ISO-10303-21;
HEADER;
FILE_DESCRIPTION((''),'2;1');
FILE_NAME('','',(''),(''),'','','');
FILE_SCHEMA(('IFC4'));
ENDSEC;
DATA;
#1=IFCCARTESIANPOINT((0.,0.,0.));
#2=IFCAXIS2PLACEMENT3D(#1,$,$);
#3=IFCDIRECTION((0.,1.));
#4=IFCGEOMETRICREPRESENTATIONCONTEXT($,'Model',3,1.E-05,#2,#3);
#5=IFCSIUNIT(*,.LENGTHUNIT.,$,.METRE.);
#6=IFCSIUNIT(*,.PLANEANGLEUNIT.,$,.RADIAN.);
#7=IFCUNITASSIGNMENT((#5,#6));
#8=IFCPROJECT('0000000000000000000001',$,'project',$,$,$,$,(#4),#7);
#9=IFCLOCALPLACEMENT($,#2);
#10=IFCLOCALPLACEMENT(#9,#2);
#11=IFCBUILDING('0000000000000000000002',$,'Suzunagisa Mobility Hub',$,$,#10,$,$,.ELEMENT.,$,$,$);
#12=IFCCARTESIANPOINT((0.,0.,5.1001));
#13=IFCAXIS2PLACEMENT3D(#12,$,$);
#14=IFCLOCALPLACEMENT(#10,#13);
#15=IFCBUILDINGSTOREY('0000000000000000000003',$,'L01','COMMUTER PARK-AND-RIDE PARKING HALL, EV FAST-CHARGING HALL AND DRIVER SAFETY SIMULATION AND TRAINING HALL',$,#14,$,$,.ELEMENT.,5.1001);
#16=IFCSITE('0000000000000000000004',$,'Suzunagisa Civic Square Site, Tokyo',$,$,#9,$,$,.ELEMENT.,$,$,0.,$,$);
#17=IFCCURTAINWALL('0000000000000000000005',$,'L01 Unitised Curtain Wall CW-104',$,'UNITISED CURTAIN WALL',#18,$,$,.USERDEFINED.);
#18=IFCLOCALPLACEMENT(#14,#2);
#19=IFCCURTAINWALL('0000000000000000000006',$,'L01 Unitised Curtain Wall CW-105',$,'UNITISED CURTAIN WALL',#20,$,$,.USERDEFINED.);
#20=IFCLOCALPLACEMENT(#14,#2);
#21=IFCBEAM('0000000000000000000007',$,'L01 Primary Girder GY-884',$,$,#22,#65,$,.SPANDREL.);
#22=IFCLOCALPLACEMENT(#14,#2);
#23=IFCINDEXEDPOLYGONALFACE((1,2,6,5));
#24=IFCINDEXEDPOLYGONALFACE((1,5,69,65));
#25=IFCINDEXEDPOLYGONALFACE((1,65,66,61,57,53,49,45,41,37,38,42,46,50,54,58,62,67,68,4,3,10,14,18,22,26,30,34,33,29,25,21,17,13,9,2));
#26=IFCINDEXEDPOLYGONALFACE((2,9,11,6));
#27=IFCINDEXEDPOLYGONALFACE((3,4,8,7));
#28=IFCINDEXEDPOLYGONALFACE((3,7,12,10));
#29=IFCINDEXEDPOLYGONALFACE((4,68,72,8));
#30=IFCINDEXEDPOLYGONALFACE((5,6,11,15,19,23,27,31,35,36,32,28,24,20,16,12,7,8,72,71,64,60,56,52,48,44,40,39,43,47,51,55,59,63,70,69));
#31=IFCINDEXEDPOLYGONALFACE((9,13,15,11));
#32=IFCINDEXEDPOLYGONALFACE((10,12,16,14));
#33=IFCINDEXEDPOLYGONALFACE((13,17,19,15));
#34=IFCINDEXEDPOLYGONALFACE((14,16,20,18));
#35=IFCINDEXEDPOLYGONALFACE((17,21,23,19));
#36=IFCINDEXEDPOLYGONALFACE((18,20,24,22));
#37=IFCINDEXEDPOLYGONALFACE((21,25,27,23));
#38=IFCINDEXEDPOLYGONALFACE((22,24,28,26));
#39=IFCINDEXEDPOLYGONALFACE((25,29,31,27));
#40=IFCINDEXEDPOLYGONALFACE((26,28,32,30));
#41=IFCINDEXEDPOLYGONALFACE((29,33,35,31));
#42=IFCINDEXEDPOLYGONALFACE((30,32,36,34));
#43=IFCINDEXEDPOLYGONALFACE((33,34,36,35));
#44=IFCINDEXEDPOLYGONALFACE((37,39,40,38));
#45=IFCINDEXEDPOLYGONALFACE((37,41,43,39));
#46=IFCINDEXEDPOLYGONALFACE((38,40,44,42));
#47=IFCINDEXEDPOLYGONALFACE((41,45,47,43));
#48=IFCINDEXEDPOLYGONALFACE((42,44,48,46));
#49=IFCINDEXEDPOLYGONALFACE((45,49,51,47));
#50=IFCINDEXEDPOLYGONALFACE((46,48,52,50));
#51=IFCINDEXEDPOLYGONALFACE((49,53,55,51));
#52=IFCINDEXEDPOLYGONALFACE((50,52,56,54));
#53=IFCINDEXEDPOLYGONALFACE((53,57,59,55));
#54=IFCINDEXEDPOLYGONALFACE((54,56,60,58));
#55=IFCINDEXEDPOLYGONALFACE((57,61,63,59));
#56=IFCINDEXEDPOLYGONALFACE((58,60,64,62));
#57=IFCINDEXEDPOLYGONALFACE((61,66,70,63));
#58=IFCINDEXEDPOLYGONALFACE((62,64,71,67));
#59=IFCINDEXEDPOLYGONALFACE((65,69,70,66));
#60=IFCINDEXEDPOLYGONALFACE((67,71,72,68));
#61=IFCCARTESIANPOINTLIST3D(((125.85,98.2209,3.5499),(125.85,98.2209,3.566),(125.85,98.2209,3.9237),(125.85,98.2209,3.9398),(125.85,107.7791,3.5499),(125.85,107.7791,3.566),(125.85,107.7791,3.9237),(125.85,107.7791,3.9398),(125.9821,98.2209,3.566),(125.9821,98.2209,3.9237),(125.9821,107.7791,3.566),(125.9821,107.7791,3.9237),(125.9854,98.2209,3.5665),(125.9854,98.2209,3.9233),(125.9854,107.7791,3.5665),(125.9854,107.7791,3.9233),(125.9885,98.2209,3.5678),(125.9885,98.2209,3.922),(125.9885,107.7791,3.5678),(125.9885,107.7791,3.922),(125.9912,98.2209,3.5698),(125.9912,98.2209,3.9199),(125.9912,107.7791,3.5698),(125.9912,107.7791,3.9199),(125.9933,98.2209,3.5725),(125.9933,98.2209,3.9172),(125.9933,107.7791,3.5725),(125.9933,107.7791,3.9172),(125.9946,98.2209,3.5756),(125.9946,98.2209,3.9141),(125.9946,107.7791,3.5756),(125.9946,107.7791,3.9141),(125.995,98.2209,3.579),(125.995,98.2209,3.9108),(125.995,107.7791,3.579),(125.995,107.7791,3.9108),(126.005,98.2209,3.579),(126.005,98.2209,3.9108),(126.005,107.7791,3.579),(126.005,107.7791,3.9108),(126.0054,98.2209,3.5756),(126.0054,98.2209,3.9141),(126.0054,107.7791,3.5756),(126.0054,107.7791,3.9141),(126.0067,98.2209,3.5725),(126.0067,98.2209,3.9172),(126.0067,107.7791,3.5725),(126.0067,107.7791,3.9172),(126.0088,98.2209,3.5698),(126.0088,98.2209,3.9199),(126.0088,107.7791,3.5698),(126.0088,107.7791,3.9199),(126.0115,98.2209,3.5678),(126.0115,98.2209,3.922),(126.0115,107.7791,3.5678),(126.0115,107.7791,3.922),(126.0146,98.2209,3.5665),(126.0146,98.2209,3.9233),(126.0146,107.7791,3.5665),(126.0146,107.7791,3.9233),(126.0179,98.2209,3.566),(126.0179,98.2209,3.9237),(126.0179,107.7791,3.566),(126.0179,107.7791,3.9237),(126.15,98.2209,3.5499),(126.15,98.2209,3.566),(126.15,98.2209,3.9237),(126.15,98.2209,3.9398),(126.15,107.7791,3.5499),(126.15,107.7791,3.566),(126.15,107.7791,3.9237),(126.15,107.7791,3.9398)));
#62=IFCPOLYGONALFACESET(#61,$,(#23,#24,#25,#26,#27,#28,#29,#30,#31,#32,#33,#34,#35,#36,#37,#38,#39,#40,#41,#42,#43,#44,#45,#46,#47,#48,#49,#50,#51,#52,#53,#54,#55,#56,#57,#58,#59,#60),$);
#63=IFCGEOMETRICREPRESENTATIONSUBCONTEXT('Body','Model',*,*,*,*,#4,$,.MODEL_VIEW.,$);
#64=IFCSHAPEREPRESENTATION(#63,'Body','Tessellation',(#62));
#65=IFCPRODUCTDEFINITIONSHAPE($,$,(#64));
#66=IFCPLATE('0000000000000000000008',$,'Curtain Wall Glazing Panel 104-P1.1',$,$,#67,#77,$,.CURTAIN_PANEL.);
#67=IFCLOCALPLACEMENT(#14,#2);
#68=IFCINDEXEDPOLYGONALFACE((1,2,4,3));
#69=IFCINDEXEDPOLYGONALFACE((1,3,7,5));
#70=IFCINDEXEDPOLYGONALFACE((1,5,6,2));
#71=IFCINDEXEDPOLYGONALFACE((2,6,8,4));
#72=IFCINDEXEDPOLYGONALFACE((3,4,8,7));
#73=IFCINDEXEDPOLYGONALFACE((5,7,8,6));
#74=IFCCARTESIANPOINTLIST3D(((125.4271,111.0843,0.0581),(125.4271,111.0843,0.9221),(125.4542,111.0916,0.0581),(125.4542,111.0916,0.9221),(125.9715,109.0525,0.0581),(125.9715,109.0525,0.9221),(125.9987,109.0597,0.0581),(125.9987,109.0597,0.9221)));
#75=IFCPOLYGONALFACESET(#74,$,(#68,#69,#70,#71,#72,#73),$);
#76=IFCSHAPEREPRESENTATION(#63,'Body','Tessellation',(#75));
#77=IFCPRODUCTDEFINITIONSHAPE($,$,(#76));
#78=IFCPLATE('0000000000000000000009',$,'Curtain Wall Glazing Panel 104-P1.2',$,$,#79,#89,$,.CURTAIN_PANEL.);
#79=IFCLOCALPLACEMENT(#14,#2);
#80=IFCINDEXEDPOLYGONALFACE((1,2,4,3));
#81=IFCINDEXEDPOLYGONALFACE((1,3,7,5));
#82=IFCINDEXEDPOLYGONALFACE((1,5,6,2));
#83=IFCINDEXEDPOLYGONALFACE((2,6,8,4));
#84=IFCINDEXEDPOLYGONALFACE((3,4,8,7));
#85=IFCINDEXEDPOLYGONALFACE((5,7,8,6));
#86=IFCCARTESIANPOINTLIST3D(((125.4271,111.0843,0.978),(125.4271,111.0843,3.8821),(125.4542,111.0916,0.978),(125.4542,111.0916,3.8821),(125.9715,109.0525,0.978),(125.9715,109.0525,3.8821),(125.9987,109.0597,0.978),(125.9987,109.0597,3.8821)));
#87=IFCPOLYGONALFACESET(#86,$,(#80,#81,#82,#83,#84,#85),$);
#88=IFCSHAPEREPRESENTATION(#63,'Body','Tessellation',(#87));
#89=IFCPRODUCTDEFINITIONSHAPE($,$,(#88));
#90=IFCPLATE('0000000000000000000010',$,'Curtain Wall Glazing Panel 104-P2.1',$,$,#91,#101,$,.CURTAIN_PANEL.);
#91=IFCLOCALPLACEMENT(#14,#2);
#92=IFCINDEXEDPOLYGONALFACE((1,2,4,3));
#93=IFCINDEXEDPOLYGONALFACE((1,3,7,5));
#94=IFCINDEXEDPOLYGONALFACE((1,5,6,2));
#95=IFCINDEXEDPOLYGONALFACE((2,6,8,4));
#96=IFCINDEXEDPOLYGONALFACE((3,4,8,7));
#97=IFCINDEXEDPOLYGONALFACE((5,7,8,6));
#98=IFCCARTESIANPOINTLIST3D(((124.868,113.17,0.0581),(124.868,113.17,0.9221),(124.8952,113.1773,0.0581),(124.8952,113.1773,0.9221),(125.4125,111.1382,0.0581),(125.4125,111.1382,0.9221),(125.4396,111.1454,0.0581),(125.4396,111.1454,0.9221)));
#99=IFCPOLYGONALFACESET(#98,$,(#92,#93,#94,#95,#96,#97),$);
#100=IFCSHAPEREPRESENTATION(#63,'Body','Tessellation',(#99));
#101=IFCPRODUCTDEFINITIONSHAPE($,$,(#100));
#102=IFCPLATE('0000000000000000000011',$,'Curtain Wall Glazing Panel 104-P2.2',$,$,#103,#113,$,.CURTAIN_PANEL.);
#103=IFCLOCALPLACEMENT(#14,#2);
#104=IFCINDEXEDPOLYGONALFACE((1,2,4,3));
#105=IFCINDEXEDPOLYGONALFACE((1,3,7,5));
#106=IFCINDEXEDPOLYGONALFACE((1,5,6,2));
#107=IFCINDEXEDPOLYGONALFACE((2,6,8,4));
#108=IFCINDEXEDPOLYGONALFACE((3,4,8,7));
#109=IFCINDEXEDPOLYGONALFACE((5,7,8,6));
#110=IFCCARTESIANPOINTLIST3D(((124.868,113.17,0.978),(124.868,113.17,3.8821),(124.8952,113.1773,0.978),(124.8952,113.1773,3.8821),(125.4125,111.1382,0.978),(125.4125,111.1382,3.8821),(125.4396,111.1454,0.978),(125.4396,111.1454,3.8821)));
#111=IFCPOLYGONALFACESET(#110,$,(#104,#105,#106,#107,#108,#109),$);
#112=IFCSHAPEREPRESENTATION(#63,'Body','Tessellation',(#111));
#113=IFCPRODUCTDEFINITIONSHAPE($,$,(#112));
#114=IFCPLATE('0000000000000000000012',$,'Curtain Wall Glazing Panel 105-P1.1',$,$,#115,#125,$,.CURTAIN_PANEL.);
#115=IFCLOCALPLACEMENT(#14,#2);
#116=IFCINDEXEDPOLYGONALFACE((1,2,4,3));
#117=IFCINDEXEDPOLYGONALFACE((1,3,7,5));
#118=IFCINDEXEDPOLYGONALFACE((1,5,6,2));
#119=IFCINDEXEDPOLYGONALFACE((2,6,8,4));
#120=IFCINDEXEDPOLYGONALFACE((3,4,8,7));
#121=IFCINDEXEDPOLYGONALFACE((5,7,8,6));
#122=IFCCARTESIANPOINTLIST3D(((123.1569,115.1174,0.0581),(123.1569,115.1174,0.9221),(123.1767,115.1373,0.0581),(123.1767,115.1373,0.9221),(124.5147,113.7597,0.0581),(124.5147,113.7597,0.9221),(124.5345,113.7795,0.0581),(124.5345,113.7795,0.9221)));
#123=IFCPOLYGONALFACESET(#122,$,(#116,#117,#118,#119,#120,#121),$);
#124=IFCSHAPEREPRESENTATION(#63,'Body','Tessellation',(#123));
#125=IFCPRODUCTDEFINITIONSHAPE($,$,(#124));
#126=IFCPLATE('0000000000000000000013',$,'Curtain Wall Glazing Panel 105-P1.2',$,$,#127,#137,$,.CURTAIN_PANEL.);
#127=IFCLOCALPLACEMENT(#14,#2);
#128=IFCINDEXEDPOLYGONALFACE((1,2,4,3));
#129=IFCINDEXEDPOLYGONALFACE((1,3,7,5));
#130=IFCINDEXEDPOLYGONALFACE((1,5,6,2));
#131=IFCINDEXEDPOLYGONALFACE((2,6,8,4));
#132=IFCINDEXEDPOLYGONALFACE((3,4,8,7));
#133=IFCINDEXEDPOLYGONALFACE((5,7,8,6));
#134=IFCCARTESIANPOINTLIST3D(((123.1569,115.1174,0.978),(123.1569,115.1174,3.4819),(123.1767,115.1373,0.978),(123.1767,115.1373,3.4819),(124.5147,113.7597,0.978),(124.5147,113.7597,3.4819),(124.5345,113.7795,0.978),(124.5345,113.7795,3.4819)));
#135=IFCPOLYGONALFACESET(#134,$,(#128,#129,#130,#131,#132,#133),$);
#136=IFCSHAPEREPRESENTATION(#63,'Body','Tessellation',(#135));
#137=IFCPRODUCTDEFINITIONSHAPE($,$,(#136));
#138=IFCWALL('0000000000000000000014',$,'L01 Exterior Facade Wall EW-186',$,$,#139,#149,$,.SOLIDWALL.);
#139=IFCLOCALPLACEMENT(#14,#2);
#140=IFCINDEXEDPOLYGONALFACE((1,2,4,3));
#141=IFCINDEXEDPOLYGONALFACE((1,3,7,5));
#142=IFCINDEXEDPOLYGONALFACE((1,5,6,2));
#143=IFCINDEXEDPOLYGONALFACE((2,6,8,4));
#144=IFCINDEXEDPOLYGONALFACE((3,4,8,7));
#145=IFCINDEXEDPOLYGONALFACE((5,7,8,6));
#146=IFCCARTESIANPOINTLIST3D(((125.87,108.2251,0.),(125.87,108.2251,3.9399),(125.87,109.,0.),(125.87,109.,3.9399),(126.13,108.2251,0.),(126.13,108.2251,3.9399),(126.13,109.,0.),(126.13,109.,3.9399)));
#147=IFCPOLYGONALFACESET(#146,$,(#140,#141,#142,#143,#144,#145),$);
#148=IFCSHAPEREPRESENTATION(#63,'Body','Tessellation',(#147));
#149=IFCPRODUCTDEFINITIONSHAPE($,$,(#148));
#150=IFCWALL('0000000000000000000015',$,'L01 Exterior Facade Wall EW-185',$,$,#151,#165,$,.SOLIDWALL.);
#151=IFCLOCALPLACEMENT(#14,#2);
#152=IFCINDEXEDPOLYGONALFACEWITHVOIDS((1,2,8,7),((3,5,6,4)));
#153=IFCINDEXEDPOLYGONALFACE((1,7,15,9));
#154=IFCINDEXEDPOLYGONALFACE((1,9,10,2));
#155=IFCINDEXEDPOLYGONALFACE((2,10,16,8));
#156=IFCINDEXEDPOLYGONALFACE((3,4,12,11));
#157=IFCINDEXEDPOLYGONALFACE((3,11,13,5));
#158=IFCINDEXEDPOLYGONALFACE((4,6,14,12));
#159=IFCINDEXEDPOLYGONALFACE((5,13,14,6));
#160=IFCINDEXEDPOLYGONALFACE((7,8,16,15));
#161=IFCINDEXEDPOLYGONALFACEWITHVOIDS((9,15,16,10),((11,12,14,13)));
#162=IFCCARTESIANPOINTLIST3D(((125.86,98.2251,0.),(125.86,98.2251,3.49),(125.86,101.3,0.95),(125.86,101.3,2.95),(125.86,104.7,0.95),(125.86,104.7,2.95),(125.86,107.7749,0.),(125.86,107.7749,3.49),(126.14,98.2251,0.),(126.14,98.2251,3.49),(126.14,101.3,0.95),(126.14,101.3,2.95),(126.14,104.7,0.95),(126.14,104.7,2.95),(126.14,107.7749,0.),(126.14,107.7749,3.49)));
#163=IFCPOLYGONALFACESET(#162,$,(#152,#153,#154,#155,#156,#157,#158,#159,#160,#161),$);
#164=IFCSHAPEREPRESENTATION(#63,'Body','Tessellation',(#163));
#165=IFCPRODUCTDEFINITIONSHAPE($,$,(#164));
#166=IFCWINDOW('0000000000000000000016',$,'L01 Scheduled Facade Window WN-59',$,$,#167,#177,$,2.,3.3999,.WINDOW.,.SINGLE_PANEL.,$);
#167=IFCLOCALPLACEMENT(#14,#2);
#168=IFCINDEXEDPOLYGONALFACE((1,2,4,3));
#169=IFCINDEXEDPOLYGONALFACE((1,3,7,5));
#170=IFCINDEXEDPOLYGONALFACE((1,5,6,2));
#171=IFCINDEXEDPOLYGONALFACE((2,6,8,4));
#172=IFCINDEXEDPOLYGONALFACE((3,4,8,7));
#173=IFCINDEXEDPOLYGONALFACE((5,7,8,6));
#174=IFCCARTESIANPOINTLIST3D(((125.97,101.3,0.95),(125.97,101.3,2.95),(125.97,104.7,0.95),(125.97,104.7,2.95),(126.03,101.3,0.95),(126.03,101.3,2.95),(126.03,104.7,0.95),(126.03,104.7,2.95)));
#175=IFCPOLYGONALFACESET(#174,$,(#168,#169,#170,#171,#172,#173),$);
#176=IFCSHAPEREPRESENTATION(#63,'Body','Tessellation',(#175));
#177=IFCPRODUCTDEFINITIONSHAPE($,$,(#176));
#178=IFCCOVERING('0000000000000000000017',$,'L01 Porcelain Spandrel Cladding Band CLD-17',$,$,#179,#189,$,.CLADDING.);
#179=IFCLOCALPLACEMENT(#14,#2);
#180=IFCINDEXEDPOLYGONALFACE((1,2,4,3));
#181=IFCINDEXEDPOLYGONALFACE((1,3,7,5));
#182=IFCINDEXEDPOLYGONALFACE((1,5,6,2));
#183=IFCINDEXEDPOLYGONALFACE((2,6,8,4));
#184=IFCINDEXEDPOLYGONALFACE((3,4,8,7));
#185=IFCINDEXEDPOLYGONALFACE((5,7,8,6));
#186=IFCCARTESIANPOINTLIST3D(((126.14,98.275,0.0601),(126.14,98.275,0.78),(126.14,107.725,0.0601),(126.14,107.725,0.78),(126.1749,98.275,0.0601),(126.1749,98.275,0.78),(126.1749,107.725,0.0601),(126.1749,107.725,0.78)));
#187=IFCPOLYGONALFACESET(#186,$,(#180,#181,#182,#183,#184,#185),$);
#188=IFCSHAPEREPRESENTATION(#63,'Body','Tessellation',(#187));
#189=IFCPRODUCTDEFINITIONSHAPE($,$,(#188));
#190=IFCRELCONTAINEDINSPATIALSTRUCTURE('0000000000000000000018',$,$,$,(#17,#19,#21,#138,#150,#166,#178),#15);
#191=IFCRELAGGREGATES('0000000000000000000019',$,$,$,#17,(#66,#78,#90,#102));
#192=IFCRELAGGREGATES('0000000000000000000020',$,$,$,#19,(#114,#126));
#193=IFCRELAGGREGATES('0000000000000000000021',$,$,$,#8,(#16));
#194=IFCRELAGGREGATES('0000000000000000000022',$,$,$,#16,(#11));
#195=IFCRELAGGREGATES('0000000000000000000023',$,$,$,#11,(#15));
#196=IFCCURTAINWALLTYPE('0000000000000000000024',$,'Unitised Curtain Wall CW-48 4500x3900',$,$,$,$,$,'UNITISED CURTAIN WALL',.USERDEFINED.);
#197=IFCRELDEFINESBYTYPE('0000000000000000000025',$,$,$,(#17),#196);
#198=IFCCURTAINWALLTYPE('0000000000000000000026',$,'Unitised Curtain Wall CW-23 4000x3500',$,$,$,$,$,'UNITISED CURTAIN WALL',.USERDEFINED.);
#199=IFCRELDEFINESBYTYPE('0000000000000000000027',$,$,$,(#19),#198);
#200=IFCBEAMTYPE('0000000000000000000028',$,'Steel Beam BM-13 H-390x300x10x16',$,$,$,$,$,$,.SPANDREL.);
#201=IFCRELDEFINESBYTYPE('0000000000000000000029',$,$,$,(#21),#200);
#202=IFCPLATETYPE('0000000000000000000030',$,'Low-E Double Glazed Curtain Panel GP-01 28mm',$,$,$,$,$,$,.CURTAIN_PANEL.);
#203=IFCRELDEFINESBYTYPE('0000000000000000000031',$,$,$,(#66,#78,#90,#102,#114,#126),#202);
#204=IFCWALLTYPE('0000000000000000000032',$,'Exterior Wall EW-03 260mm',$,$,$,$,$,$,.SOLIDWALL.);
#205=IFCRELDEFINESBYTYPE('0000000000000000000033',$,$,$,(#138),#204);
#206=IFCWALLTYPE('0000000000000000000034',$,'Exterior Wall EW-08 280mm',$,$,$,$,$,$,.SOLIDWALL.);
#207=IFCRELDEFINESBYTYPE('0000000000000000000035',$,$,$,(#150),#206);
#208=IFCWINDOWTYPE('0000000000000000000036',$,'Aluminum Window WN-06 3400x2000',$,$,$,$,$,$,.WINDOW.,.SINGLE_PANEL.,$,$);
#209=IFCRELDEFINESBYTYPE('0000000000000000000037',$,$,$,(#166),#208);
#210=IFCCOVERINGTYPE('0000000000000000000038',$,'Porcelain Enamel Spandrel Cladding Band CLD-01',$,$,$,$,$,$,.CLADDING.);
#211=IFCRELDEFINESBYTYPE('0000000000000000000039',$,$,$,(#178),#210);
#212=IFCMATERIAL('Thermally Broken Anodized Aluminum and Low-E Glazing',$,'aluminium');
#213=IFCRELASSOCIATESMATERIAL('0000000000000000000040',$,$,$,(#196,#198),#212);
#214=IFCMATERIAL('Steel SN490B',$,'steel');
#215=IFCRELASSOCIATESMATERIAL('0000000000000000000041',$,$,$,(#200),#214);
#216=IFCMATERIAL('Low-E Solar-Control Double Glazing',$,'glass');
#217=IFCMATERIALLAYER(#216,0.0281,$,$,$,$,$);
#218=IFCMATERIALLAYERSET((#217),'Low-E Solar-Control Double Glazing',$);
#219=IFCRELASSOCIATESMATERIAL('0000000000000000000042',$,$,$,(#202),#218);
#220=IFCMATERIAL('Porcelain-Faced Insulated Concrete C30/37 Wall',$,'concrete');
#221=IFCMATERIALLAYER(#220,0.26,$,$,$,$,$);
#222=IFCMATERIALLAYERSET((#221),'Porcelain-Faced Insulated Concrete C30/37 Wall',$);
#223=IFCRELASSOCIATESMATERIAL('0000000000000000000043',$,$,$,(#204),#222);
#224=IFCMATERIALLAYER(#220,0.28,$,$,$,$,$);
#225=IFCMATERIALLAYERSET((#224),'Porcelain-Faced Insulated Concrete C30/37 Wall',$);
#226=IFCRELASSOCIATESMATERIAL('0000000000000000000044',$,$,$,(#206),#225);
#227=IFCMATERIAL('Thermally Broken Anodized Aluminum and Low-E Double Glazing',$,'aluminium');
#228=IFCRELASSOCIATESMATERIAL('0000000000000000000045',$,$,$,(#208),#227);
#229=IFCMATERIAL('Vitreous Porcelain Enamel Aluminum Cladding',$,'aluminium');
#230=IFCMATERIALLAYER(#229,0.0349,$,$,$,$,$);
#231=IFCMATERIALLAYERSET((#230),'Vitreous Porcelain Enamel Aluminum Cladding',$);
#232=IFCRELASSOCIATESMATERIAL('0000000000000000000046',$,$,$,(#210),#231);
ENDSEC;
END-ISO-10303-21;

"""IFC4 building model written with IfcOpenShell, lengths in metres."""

from ifc_helpers import new_model, si_unit, direction, frame, frame_2d, origin, origin_2d, place, context, subcontext, project, spatial, rectangle, i_section, extrude, material, layer, layer_set, material_profile, profile_set, type_object, element, fill, aggregate, save


model = new_model("IFC4")

# Units and contexts
model_context = context("Model", 3, precision=1e-05, world=origin(), true_north=direction((0.0, 1.0)))
body_context = subcontext(model_context, "Body", "Model", "MODEL_VIEW")
ifc_project = project(units=[si_unit("LENGTHUNIT", "METRE"), si_unit("PLANEANGLEUNIT", "RADIAN")], contexts=[model_context])

# Site, building, storey
site_placement = place(None, origin())
site = spatial("IfcSite", under=ifc_project, at=site_placement, Name="Suzunagisa Civic Square Site, Tokyo", CompositionType="ELEMENT", RefElevation=0.0)
building_placement = place(site_placement, origin())
building = spatial("IfcBuilding", under=site, at=building_placement, Name="Suzunagisa Mobility Hub", CompositionType="ELEMENT")
storey_placement = place(building_placement, frame((0.0, 0.0, 5.1001)))
storey = spatial("IfcBuildingStorey", under=building, at=storey_placement, Name="L01", Description="COMMUTER PARK-AND-RIDE PARKING HALL, EV FAST-CHARGING HALL AND DRIVER SAFETY SIMULATION AND TRAINING HALL", CompositionType="ELEMENT", Elevation=5.1001)

# Shared definitions
ifc_material_1 = material(Name="Steel SN490B", Category="steel")

# Curtain walls
ifc_material_2 = material(Name="Thermally Broken Anodized Aluminum and Low-E Glazing", Category="aluminium")
curtain_wall_type_1 = type_object("IfcCurtainWallType", Name="Unitised Curtain Wall CW-48 4500x3900", ElementType="UNITISED CURTAIN WALL", PredefinedType="USERDEFINED", material=ifc_material_2)
curtain_wall_1_placement = place(storey_placement, origin())
curtain_wall_1 = element("IfcCurtainWall", 1, at=curtain_wall_1_placement, inside=storey, type_object=curtain_wall_type_1, Name="L01 Unitised Curtain Wall CW-104", ObjectType="UNITISED CURTAIN WALL", PredefinedType="USERDEFINED")
curtain_wall_type_2 = type_object("IfcCurtainWallType", Name="Unitised Curtain Wall CW-23 4000x3500", ElementType="UNITISED CURTAIN WALL", PredefinedType="USERDEFINED", material=ifc_material_2)
curtain_wall_2_placement = place(storey_placement, origin())
curtain_wall_2 = element("IfcCurtainWall", 2, at=curtain_wall_2_placement, inside=storey, type_object=curtain_wall_type_2, Name="L01 Unitised Curtain Wall CW-105", ObjectType="UNITISED CURTAIN WALL", PredefinedType="USERDEFINED")

# Beam
ifc_material_profile_1 = material_profile(ifc_material_1, i_section(OverallWidth=0.3, OverallDepth=0.3899, WebThickness=0.01, FlangeThickness=0.0161, FilletRadius=0.0129, at=origin_2d()), Name="H-390x300x10x16")
ifc_profile_set_1 = profile_set([ifc_material_profile_1], Name="Steel SN490B")
beam_type_1 = type_object("IfcBeamType", Name="Steel Beam BM-13 H-390x300x10x16", PredefinedType="SPANDREL", material=ifc_profile_set_1)
beam_1_placement = place(storey_placement, frame((126.0, 98.2209, 3.7449), z_axis=(0.0, 1.0, 0.0), x_axis=(-1.0, 0.0, 0.0)))
element("IfcBeam", 3, at=beam_1_placement, inside=storey, type_object=beam_type_1, Name="L01 Primary Girder GY-884", PredefinedType="SPANDREL", context=body_context, shape_type="SweptSolid", body=[
    extrude(i_section(OverallWidth=0.3, OverallDepth=0.3899, WebThickness=0.01, FlangeThickness=0.0161, FilletRadius=0.0129, at=origin_2d()), origin(), (0.0, 0.0, 1.0), 9.5581),
])

# Plates
ifc_material_3 = material(Name="Low-E Solar-Control Double Glazing", Category="glass")
ifc_layer_1 = layer(ifc_material_3, 0.0281)
ifc_layer_set_1 = layer_set([ifc_layer_1], Name="Low-E Solar-Control Double Glazing")
plate_type = type_object("IfcPlateType", Name="Low-E Double Glazed Curtain Panel GP-01 28mm", PredefinedType="CURTAIN_PANEL", material=ifc_layer_set_1)
plate_1_placement = place(storey_placement, frame((125.7129, 110.072, 0.0581), z_axis=(0.0, 0.0, 1.0), x_axis=(-0.258815, 0.965927, 0.0)))
plate_1 = element("IfcPlate", 4, at=plate_1_placement, type_object=plate_type, Name="Curtain Wall Glazing Panel 104-P1.1", PredefinedType="CURTAIN_PANEL", context=body_context, shape_type="SweptSolid", body=[
    extrude(rectangle(XDim=2.1035, YDim=0.0281, at=origin_2d()), origin(), (0.0, 0.0, 1.0), 0.864),
])
plate_2_placement = place(storey_placement, frame((125.7129, 110.072, 0.978), z_axis=(0.0, 0.0, 1.0), x_axis=(-0.258815, 0.965927, 0.0)))
plate_2 = element("IfcPlate", 5, at=plate_2_placement, type_object=plate_type, Name="Curtain Wall Glazing Panel 104-P1.2", PredefinedType="CURTAIN_PANEL", context=body_context, shape_type="SweptSolid", body=[
    extrude(rectangle(XDim=2.1035, YDim=0.0281, at=origin_2d()), origin(), (0.0, 0.0, 1.0), 2.9041),
])
plate_3_placement = place(storey_placement, frame((125.1538, 112.1577, 0.0581), z_axis=(0.0, 0.0, 1.0), x_axis=(-0.258815, 0.965927, 0.0)))
plate_3 = element("IfcPlate", 6, at=plate_3_placement, type_object=plate_type, Name="Curtain Wall Glazing Panel 104-P2.1", PredefinedType="CURTAIN_PANEL", context=body_context, shape_type="SweptSolid", body=[
    extrude(rectangle(XDim=2.1035, YDim=0.0281, at=origin_2d()), origin(), (0.0, 0.0, 1.0), 0.864),
])
plate_4_placement = place(storey_placement, frame((125.1538, 112.1577, 0.978), z_axis=(0.0, 0.0, 1.0), x_axis=(-0.258815, 0.965927, 0.0)))
plate_4 = element("IfcPlate", 7, at=plate_4_placement, type_object=plate_type, Name="Curtain Wall Glazing Panel 104-P2.2", PredefinedType="CURTAIN_PANEL", context=body_context, shape_type="SweptSolid", body=[
    extrude(rectangle(XDim=2.1035, YDim=0.0281, at=origin_2d()), origin(), (0.0, 0.0, 1.0), 2.9041),
])
aggregate(curtain_wall_1, [plate_1, plate_2, plate_3, plate_4])
plate_5_placement = place(storey_placement, frame((123.8457, 114.4485, 0.0581), z_axis=(0.0, 0.0, 1.0), x_axis=(-0.707107, 0.707107, 0.0)))
plate_5 = element("IfcPlate", 8, at=plate_5_placement, type_object=plate_type, Name="Curtain Wall Glazing Panel 105-P1.1", PredefinedType="CURTAIN_PANEL", context=body_context, shape_type="SweptSolid", body=[
    extrude(rectangle(XDim=1.9202, YDim=0.0281, at=origin_2d()), origin(), (0.0, 0.0, 1.0), 0.864),
])
plate_6_placement = place(storey_placement, frame((123.8457, 114.4485, 0.978), z_axis=(0.0, 0.0, 1.0), x_axis=(-0.707107, 0.707107, 0.0)))
plate_6 = element("IfcPlate", 9, at=plate_6_placement, type_object=plate_type, Name="Curtain Wall Glazing Panel 105-P1.2", PredefinedType="CURTAIN_PANEL", context=body_context, shape_type="SweptSolid", body=[
    extrude(rectangle(XDim=1.9202, YDim=0.0281, at=origin_2d()), origin(), (0.0, 0.0, 1.0), 2.5039),
])
aggregate(curtain_wall_2, [plate_5, plate_6])

# Wall
ifc_material_4 = material(Name="Porcelain-Faced Insulated Concrete C30/37 Wall", Category="concrete")
ifc_layer_2 = layer(ifc_material_4, 0.26)
ifc_layer_set_2 = layer_set([ifc_layer_2], Name="Porcelain-Faced Insulated Concrete C30/37 Wall")
wall_type_1 = type_object("IfcWallType", Name="Exterior Wall EW-03 260mm", PredefinedType="SOLIDWALL", material=ifc_layer_set_2)
wall_1_placement = place(storey_placement, frame((126.0, 108.2251, 0.0), z_axis=(0.0, 0.0, 1.0), x_axis=(0.0, 1.0, 0.0)))
element("IfcWall", 10, at=wall_1_placement, inside=storey, type_object=wall_type_1, Name="L01 Exterior Facade Wall EW-186", PredefinedType="SOLIDWALL", context=body_context, shape_type="SweptSolid", body=[
    extrude(rectangle(XDim=0.7749, YDim=0.26, at=frame_2d((0.3875, 0.0))), origin(), (0.0, 0.0, 1.0), 3.9399),
])

# Wall, opening, window
ifc_layer_3 = layer(ifc_material_4, 0.28)
ifc_layer_set_3 = layer_set([ifc_layer_3], Name="Porcelain-Faced Insulated Concrete C30/37 Wall")
wall_type_2 = type_object("IfcWallType", Name="Exterior Wall EW-08 280mm", PredefinedType="SOLIDWALL", material=ifc_layer_set_3)
wall_2_placement = place(storey_placement, frame((126.0, 98.2251, 0.0), z_axis=(0.0, 0.0, 1.0), x_axis=(0.0, 1.0, 0.0)))
wall_2 = element("IfcWall", 11, at=wall_2_placement, inside=storey, type_object=wall_type_2, Name="L01 Exterior Facade Wall EW-185", PredefinedType="SOLIDWALL", context=body_context, shape_type="SweptSolid", body=[
    extrude(rectangle(XDim=9.5498, YDim=0.28, at=frame_2d((4.7749, 0.0))), origin(), (0.0, 0.0, 1.0), 3.49),
])
opening_placement = place(wall_2_placement, frame((3.075, 0.0, 0.95)))
opening = element("IfcOpeningElement", 12, at=opening_placement, cuts=wall_2, PredefinedType="OPENING", context=body_context, shape_type="SweptSolid", body=[
    extrude(rectangle(XDim=3.3999, YDim=2.0, at=frame_2d((1.7, 1.0))), frame((0.0, 0.1509, 0.0), z_axis=(0.0, -1.0, 0.0), x_axis=(1.0, 0.0, 0.0)), (0.0, 0.0, 1.0), 0.302),
])
ifc_material_5 = material(Name="Thermally Broken Anodized Aluminum and Low-E Double Glazing", Category="aluminium")
window_type = type_object("IfcWindowType", Name="Aluminum Window WN-06 3400x2000", PartitioningType="SINGLE_PANEL", PredefinedType="WINDOW", material=ifc_material_5)
window_placement = place(opening_placement, origin())
window = element("IfcWindow", 13, at=window_placement, inside=storey, type_object=window_type, Name="L01 Scheduled Facade Window WN-59", OverallHeight=2.0, OverallWidth=3.3999, PartitioningType="SINGLE_PANEL", PredefinedType="WINDOW", context=body_context, shape_type="SweptSolid", body=[
    extrude(rectangle(XDim=3.3999, YDim=2.0, at=frame_2d((1.7, 1.0))), frame((0.0, 0.03, 0.0), z_axis=(0.0, -1.0, 0.0), x_axis=(1.0, 0.0, 0.0)), (0.0, 0.0, 1.0), 0.0601),
])
fill(opening, window)

# Covering
ifc_material_6 = material(Name="Vitreous Porcelain Enamel Aluminum Cladding", Category="aluminium")
ifc_layer_4 = layer(ifc_material_6, 0.0349)
ifc_layer_set_4 = layer_set([ifc_layer_4], Name="Vitreous Porcelain Enamel Aluminum Cladding")
covering_type = type_object("IfcCoveringType", Name="Porcelain Enamel Spandrel Cladding Band CLD-01", PredefinedType="CLADDING", material=ifc_layer_set_4)
covering_placement = place(storey_placement, frame((126.1575, 103.0, 0.0601), z_axis=(0.0, 0.0, 1.0), x_axis=(0.0, 1.0, 0.0)))
element("IfcCovering", 14, at=covering_placement, inside=storey, type_object=covering_type, Name="L01 Porcelain Spandrel Cladding Band CLD-17", PredefinedType="CLADDING", context=body_context, shape_type="SweptSolid", body=[
    extrude(rectangle(XDim=9.45, YDim=0.0349, at=origin_2d()), origin(), (0.0, 0.0, 1.0), 0.72),
])

save(model, "model.ifc")
